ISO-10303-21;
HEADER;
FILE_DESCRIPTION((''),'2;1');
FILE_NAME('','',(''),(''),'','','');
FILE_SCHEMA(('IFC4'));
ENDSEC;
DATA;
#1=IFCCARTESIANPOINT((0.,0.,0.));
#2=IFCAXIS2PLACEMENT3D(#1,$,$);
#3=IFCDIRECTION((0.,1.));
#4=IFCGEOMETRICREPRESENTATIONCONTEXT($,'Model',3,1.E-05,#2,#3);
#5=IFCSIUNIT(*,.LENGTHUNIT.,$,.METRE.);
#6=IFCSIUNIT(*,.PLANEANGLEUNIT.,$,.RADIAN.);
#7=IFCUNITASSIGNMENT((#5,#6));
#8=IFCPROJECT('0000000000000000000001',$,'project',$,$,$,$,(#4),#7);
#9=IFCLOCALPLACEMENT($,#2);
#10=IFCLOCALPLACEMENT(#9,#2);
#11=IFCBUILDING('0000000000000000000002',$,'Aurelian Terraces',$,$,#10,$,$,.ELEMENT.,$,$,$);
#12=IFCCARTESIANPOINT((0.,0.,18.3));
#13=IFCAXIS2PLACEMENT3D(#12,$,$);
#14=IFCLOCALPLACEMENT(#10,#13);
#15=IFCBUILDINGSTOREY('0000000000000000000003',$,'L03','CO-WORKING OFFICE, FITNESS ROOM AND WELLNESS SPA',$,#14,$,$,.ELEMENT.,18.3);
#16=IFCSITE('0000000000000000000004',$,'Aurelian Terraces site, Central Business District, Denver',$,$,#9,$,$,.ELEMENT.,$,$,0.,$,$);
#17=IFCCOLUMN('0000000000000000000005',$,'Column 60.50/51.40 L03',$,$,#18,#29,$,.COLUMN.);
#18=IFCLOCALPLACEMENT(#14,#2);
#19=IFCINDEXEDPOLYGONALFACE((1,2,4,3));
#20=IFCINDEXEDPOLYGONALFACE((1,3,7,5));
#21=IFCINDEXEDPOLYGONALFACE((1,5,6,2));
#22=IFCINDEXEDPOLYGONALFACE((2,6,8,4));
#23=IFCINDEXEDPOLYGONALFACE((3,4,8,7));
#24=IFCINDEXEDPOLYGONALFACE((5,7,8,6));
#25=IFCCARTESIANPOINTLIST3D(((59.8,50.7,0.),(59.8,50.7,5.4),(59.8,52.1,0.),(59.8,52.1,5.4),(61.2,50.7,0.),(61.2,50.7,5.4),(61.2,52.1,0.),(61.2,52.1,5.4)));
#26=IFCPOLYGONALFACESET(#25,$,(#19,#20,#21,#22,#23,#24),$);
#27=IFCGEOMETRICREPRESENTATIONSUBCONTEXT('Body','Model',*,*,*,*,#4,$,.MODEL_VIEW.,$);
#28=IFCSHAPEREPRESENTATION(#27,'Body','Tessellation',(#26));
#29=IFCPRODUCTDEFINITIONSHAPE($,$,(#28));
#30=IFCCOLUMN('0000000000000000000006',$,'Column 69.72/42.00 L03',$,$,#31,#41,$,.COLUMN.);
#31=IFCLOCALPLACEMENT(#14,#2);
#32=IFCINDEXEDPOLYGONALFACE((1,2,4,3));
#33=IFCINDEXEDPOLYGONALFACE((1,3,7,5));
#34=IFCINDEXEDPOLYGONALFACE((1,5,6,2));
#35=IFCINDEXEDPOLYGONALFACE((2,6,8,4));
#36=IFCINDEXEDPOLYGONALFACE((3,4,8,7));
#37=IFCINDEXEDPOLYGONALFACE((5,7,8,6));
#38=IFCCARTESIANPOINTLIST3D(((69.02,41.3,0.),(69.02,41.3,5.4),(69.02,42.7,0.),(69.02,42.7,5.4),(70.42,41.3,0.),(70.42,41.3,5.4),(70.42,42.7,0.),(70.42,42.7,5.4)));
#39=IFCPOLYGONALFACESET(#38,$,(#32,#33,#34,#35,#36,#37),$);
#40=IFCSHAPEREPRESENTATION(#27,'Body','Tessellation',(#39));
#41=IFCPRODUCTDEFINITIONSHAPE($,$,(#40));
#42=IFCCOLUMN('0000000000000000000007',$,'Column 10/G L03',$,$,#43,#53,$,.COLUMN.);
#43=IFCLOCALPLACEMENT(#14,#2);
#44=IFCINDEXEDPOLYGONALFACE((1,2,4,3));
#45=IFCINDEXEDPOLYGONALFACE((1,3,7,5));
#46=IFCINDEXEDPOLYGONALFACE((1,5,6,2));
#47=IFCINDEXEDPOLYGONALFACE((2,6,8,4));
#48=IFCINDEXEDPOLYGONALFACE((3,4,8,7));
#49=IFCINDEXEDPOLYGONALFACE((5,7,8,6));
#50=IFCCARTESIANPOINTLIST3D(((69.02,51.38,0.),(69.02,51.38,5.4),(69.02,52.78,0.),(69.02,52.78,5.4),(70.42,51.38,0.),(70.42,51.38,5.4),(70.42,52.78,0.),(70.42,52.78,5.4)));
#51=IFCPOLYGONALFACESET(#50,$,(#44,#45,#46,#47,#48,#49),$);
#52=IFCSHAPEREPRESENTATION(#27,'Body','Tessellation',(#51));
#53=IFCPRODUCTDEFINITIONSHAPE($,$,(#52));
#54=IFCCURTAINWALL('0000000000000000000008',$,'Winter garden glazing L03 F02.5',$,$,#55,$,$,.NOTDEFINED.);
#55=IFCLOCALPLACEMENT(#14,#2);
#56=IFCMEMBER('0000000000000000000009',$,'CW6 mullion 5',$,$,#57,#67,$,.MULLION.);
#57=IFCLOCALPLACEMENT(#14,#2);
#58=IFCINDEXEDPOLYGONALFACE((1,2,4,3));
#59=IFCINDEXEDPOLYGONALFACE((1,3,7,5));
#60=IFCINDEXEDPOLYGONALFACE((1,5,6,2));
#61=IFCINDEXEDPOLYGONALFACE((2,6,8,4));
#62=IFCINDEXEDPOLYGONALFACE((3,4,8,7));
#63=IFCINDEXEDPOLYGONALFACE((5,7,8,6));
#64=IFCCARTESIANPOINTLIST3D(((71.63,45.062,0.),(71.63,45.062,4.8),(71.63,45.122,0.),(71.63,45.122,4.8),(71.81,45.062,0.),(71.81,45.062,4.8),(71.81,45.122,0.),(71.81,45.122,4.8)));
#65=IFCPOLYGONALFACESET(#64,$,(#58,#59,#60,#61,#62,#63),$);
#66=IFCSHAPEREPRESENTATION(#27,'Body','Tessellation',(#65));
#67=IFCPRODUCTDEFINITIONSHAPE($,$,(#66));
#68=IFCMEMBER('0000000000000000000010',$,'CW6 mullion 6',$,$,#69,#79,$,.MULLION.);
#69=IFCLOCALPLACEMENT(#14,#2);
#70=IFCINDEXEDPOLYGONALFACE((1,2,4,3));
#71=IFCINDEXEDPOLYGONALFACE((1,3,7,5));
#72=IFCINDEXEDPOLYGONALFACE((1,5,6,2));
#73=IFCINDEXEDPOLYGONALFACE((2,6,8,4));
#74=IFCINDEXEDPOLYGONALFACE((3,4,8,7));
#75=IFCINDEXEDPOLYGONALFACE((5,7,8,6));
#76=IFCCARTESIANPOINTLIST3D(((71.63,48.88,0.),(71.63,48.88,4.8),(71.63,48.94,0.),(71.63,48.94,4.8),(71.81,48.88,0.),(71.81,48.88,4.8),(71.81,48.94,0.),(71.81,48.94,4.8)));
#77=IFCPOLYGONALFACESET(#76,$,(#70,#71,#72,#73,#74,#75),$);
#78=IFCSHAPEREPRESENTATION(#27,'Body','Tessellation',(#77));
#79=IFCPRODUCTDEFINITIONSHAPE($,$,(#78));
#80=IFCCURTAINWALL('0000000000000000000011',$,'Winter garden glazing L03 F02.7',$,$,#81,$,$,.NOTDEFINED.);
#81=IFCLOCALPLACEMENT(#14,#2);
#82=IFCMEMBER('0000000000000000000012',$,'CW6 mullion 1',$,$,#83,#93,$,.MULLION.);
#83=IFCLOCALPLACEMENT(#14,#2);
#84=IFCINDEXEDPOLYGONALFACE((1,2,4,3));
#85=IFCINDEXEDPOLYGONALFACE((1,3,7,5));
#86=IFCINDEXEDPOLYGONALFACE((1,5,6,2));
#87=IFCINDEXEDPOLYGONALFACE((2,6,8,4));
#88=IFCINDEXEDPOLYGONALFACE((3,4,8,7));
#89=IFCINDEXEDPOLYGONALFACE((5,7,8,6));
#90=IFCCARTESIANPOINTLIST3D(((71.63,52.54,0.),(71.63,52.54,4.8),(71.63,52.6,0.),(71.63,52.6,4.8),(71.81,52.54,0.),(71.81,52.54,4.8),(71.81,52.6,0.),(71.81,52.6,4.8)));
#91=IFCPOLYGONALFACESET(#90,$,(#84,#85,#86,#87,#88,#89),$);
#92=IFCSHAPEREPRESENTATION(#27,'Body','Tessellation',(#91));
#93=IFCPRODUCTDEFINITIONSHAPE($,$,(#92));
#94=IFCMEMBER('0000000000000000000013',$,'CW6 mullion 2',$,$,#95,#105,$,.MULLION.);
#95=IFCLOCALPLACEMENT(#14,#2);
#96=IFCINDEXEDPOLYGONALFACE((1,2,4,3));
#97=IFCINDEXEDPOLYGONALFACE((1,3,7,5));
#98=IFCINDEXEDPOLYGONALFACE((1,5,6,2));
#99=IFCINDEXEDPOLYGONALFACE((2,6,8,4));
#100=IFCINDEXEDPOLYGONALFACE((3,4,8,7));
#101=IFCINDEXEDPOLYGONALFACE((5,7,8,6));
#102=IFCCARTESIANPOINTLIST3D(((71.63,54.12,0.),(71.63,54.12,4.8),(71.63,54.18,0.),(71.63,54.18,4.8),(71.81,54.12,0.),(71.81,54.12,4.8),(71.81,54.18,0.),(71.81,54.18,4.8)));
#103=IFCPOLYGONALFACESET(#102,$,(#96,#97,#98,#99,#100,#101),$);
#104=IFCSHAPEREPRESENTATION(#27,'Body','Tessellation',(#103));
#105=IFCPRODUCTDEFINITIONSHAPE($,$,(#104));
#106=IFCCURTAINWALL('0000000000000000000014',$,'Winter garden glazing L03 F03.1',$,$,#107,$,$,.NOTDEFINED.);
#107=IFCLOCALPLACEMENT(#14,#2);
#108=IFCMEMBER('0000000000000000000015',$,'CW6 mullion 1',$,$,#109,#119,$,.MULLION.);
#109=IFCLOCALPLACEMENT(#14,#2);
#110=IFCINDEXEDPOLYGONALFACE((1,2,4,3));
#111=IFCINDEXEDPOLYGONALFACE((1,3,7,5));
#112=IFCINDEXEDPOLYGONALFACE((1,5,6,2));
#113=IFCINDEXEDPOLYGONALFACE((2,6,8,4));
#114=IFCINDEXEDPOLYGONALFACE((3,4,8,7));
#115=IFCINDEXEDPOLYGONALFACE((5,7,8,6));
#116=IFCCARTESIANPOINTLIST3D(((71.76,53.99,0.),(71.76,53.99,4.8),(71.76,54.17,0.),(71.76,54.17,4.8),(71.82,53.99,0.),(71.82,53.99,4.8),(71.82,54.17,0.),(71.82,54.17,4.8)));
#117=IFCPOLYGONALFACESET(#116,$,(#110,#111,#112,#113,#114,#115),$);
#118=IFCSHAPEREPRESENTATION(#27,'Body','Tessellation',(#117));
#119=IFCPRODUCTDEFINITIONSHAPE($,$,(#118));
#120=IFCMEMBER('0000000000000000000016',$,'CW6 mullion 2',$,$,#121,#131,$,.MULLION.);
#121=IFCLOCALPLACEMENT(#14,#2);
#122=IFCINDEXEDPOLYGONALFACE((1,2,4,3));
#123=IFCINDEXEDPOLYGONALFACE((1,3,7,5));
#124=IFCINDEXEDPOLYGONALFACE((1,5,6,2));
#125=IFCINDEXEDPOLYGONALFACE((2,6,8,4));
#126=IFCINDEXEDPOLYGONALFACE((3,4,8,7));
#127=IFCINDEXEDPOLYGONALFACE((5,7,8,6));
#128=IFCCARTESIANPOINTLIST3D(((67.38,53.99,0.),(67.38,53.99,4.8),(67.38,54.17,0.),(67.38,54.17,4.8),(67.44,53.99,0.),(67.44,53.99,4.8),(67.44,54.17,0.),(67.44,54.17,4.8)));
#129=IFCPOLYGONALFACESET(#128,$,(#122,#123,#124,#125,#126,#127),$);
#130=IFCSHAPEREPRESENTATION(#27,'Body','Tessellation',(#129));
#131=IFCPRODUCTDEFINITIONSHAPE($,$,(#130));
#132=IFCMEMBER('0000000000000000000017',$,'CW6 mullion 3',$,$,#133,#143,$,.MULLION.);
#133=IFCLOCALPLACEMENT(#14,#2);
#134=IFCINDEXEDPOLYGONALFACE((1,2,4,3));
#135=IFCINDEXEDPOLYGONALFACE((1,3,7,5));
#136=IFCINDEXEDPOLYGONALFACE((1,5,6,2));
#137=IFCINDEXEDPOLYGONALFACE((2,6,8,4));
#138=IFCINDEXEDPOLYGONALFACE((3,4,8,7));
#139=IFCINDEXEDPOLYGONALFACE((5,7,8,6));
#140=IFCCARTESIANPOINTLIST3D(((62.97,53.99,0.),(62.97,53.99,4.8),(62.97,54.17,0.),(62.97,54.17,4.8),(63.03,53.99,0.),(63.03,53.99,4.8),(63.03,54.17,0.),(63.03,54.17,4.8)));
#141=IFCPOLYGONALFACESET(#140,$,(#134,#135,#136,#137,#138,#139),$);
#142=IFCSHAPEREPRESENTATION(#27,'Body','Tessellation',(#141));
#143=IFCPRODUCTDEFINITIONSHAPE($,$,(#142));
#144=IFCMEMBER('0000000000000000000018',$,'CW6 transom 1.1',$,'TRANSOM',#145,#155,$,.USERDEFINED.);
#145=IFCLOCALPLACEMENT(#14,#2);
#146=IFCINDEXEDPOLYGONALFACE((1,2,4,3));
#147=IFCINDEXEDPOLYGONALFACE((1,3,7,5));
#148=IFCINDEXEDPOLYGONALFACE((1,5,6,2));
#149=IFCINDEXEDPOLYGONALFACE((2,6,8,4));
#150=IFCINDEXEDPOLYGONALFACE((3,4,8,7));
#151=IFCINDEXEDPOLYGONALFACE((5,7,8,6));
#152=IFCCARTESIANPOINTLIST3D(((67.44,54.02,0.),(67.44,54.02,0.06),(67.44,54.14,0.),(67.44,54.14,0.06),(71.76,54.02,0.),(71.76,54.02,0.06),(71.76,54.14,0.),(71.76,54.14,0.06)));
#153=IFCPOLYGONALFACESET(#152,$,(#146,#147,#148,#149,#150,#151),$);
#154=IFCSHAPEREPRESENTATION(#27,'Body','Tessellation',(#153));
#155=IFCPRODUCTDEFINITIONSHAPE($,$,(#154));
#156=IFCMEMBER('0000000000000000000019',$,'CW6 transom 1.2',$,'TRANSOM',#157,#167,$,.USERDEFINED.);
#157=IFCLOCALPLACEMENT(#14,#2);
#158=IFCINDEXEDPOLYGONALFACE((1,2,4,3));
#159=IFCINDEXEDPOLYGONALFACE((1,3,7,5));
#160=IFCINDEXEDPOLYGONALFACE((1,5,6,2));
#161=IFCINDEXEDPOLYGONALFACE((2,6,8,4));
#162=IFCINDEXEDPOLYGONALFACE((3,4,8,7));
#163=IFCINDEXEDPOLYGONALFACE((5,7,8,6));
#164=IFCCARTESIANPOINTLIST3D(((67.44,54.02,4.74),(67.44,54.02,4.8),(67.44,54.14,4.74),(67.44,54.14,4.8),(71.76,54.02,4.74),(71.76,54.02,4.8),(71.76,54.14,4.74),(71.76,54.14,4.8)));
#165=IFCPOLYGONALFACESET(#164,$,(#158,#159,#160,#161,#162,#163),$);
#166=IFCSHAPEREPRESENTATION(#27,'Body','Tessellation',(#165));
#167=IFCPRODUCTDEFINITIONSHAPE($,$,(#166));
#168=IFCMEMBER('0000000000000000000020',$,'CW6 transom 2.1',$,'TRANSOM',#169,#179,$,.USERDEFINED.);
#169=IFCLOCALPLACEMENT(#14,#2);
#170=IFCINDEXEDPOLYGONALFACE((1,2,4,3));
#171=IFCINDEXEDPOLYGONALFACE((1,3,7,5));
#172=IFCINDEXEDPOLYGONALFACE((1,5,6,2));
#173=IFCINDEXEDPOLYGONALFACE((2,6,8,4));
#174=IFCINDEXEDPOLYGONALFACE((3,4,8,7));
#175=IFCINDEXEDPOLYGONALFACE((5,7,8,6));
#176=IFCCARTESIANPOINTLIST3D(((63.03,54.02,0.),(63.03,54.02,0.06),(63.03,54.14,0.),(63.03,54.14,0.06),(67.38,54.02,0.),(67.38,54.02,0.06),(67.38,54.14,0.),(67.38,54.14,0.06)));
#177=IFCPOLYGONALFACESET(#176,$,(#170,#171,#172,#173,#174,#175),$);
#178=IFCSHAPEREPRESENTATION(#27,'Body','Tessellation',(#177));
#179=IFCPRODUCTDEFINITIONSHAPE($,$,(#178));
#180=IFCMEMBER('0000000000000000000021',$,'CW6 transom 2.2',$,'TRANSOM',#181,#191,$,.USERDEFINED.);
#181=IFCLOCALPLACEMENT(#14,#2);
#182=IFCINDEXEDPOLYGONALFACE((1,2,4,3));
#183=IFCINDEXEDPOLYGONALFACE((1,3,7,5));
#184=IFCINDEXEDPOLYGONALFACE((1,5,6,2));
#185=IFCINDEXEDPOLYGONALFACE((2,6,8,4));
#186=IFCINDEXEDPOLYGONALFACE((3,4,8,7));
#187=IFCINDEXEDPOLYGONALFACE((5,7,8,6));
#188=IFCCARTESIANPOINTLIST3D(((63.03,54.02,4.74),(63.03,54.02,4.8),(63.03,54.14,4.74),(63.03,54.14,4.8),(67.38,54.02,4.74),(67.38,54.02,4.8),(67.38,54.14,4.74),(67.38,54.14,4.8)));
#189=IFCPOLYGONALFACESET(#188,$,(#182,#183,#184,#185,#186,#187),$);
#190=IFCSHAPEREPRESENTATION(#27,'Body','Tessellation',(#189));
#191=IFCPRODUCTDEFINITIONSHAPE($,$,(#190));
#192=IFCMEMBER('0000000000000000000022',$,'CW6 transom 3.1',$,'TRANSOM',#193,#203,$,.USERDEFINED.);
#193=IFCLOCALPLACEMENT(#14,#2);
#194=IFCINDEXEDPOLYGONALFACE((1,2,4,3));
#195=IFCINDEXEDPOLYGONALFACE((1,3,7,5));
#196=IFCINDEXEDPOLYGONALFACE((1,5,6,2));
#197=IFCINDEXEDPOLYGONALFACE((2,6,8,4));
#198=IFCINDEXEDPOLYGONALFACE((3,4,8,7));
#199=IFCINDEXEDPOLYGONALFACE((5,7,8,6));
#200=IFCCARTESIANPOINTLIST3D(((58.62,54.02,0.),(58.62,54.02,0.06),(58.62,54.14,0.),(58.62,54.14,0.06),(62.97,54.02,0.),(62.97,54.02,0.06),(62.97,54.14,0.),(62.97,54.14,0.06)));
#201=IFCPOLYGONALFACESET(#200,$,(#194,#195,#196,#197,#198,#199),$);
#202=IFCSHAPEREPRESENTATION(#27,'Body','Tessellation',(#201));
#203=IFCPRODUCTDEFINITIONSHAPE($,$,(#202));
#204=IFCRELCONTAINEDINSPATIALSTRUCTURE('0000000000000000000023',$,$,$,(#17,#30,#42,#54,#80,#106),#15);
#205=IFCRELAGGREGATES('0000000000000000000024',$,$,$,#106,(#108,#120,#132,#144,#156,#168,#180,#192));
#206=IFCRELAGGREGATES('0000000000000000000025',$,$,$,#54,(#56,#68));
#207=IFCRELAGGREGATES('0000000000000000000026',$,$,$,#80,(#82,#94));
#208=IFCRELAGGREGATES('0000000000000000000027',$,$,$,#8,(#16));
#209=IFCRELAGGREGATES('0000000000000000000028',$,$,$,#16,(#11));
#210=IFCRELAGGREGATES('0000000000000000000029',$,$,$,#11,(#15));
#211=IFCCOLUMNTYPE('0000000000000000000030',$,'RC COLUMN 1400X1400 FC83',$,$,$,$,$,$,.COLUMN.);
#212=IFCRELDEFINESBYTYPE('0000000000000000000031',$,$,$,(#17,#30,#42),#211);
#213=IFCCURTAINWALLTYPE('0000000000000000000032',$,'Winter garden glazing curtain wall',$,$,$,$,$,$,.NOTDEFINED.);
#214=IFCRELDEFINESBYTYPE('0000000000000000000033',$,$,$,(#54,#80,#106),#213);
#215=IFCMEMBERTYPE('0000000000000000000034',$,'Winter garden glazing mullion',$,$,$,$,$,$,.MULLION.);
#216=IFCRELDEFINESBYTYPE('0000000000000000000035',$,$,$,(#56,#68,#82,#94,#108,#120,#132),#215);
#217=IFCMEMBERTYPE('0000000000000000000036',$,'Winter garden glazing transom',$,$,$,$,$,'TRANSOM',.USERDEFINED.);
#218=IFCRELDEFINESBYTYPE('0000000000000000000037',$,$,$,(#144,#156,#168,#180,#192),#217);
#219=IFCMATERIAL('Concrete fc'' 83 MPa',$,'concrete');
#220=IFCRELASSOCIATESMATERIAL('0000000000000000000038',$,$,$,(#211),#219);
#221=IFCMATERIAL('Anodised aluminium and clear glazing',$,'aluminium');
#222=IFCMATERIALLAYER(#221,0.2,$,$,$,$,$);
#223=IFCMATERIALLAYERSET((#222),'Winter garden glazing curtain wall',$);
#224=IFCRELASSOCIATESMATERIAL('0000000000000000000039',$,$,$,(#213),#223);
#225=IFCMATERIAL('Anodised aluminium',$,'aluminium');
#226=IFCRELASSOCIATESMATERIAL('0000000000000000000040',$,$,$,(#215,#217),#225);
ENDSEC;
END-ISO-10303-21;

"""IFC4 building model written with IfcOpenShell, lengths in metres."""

from ifc_helpers import new_model, si_unit, direction, frame, origin, origin_2d, place, context, subcontext, project, spatial, rectangle, extrude, source, transform, mapped, material, layer, layer_set, material_profile, profile_set, type_object, element, aggregate, save


model = new_model("IFC4")

# Units and contexts
model_context = context("Model", 3, precision=1e-05, world=origin(), true_north=direction((0.0, 1.0)))
body_context = subcontext(model_context, "Body", "Model", "MODEL_VIEW")
ifc_project = project(units=[si_unit("LENGTHUNIT", "METRE"), si_unit("PLANEANGLEUNIT", "RADIAN")], contexts=[model_context])

# Site, building, storey
site_placement = place(None, origin())
site = spatial("IfcSite", under=ifc_project, at=site_placement, Name="Aurelian Terraces site, Central Business District, Denver", CompositionType="ELEMENT", RefElevation=0.0)
building_placement = place(site_placement, origin())
building = spatial("IfcBuilding", under=site, at=building_placement, Name="Aurelian Terraces", CompositionType="ELEMENT")
storey_placement = place(building_placement, frame((0.0, 0.0, 18.3)))
storey = spatial("IfcBuildingStorey", under=building, at=storey_placement, Name="L03", Description="CO-WORKING OFFICE, FITNESS ROOM AND WELLNESS SPA", CompositionType="ELEMENT", Elevation=18.3)

# Columns
ifc_material_1 = material(Name="Concrete fc' 83 MPa", Category="concrete")
ifc_material_profile_1 = material_profile(ifc_material_1, rectangle(XDim=1.4, YDim=1.4, at=origin_2d()))
ifc_profile_set_1 = profile_set([ifc_material_profile_1], Name="Concrete fc' 83 MPa")
column_type = type_object("IfcColumnType", Name="RC COLUMN 1400X1400 FC83", PredefinedType="COLUMN", material=ifc_profile_set_1)
shared_shape_1 = source(origin(), body_context, "Body", "SweptSolid", [
    extrude(rectangle(XDim=1.4, YDim=1.4, at=origin_2d()), origin(), (0.0, 0.0, 1.0), 5.4),
])
for number, where, z_axis, x_axis, name in (
    (1, (60.5, 51.4, 0.0), (0.0, 0.0, 1.0), (1.0, 0.0, 0.0), "Column 60.50/51.40 L03"),
    (2, (69.72, 42.0, 0.0), (0.0, 0.0, 1.0), (1.0, 0.0, 0.0), "Column 69.72/42.00 L03"),
    (3, (69.72, 52.08, 0.0), (0.0, 0.0, 1.0), (1.0, 0.0, 0.0), "Column 10/G L03"),
):
    element("IfcColumn", number, at=place(storey_placement, frame(where, z_axis=z_axis, x_axis=x_axis)), inside=storey, type_object=column_type, Name=name, PredefinedType="COLUMN", context=body_context, shape_type="MappedRepresentation", body=[
        mapped(shared_shape_1, transform((0.0, 0.0, 0.0), scale=1.0)),
    ])

# Curtain walls, members
ifc_material_2 = material(Name="Anodised aluminium and clear glazing", Category="aluminium")
ifc_layer_1 = layer(ifc_material_2, 0.2)
ifc_layer_set_1 = layer_set([ifc_layer_1], Name="Winter garden glazing curtain wall")
curtain_wall_type = type_object("IfcCurtainWallType", Name="Winter garden glazing curtain wall", PredefinedType="NOTDEFINED", material=ifc_layer_set_1)
curtain_wall_1_placement = place(storey_placement, origin())
curtain_wall_1 = element("IfcCurtainWall", 4, at=curtain_wall_1_placement, inside=storey, type_object=curtain_wall_type, Name="Winter garden glazing L03 F02.5", PredefinedType="NOTDEFINED")
ifc_material_3 = material(Name="Anodised aluminium", Category="aluminium")
ifc_material_profile_2 = material_profile(ifc_material_3, rectangle(XDim=0.18, YDim=0.06, at=origin_2d()))
ifc_profile_set_2 = profile_set([ifc_material_profile_2], Name="Anodised aluminium")
member_type_1 = type_object("IfcMemberType", Name="Winter garden glazing mullion", PredefinedType="MULLION", material=ifc_profile_set_2)
shared_shape_2 = source(origin(), body_context, "Body", "SweptSolid", [
    extrude(rectangle(XDim=0.18, YDim=0.06, at=origin_2d()), origin(), (0.0, 0.0, 1.0), 4.8),
])
member_1_placement = place(storey_placement, frame((71.72, 45.092, 0.0), z_axis=(0.0, 0.0, 1.0), x_axis=(-1.0, 0.0, 0.0)))
member_1 = element("IfcMember", 5, at=member_1_placement, type_object=member_type_1, Name="CW6 mullion 5", PredefinedType="MULLION", context=body_context, shape_type="MappedRepresentation", body=[
    mapped(shared_shape_2, transform((0.0, 0.0, 0.0), scale=1.0)),
])
member_2_placement = place(storey_placement, frame((71.72, 48.91, 0.0), z_axis=(0.0, 0.0, 1.0), x_axis=(-1.0, 0.0, 0.0)))
member_2 = element("IfcMember", 6, at=member_2_placement, type_object=member_type_1, Name="CW6 mullion 6", PredefinedType="MULLION", context=body_context, shape_type="MappedRepresentation", body=[
    mapped(shared_shape_2, transform((0.0, 0.0, 0.0), scale=1.0)),
])
curtain_wall_2_placement = place(storey_placement, origin())
curtain_wall_2 = element("IfcCurtainWall", 7, at=curtain_wall_2_placement, inside=storey, type_object=curtain_wall_type, Name="Winter garden glazing L03 F02.7", PredefinedType="NOTDEFINED")
member_3_placement = place(storey_placement, frame((71.72, 52.57, 0.0), z_axis=(0.0, 0.0, 1.0), x_axis=(-1.0, 0.0, 0.0)))
member_3 = element("IfcMember", 8, at=member_3_placement, type_object=member_type_1, Name="CW6 mullion 1", PredefinedType="MULLION", context=body_context, shape_type="MappedRepresentation", body=[
    mapped(shared_shape_2, transform((0.0, 0.0, 0.0), scale=1.0)),
])
member_4_placement = place(storey_placement, frame((71.72, 54.15, 0.0), z_axis=(0.0, 0.0, 1.0), x_axis=(-1.0, 0.0, 0.0)))
member_4 = element("IfcMember", 9, at=member_4_placement, type_object=member_type_1, Name="CW6 mullion 2", PredefinedType="MULLION", context=body_context, shape_type="MappedRepresentation", body=[
    mapped(shared_shape_2, transform((0.0, 0.0, 0.0), scale=1.0)),
])
curtain_wall_3_placement = place(storey_placement, origin())
curtain_wall_3 = element("IfcCurtainWall", 10, at=curtain_wall_3_placement, inside=storey, type_object=curtain_wall_type, Name="Winter garden glazing L03 F03.1", PredefinedType="NOTDEFINED")
member_5_placement = place(storey_placement, frame((71.79, 54.08, 0.0), z_axis=(0.0, 0.0, 1.0), x_axis=(0.0, -1.0, 0.0)))
member_5 = element("IfcMember", 11, at=member_5_placement, type_object=member_type_1, Name="CW6 mullion 1", PredefinedType="MULLION", context=body_context, shape_type="MappedRepresentation", body=[
    mapped(shared_shape_2, transform((0.0, 0.0, 0.0), scale=1.0)),
])
member_6_placement = place(storey_placement, frame((67.41, 54.08, 0.0), z_axis=(0.0, 0.0, 1.0), x_axis=(0.0, -1.0, 0.0)))
member_6 = element("IfcMember", 12, at=member_6_placement, type_object=member_type_1, Name="CW6 mullion 2", PredefinedType="MULLION", context=body_context, shape_type="MappedRepresentation", body=[
    mapped(shared_shape_2, transform((0.0, 0.0, 0.0), scale=1.0)),
])
member_7_placement = place(storey_placement, frame((63.0, 54.08, 0.0), z_axis=(0.0, 0.0, 1.0), x_axis=(0.0, -1.0, 0.0)))
member_7 = element("IfcMember", 13, at=member_7_placement, type_object=member_type_1, Name="CW6 mullion 3", PredefinedType="MULLION", context=body_context, shape_type="MappedRepresentation", body=[
    mapped(shared_shape_2, transform((0.0, 0.0, 0.0), scale=1.0)),
])
ifc_material_profile_3 = material_profile(ifc_material_3, rectangle(XDim=0.12, YDim=0.06, at=origin_2d()))
ifc_profile_set_3 = profile_set([ifc_material_profile_3], Name="Anodised aluminium")
member_type_2 = type_object("IfcMemberType", Name="Winter garden glazing transom", ElementType="TRANSOM", PredefinedType="USERDEFINED", material=ifc_profile_set_3)
shared_shape_3 = source(origin(), body_context, "Body", "SweptSolid", [
    extrude(rectangle(XDim=0.12, YDim=0.06, at=origin_2d()), origin(), (0.0, 0.0, 1.0), 4.32),
])
member_8_placement = place(storey_placement, frame((71.76, 54.08, 0.03), z_axis=(-1.0, 0.0, 0.0), x_axis=(0.0, -1.0, 0.0)))
member_8 = element("IfcMember", 14, at=member_8_placement, type_object=member_type_2, Name="CW6 transom 1.1", ObjectType="TRANSOM", PredefinedType="USERDEFINED", context=body_context, shape_type="MappedRepresentation", body=[
    mapped(shared_shape_3, transform((0.0, 0.0, 0.0), scale=1.0)),
])
member_9_placement = place(storey_placement, frame((71.76, 54.08, 4.77), z_axis=(-1.0, 0.0, 0.0), x_axis=(0.0, -1.0, 0.0)))
member_9 = element("IfcMember", 15, at=member_9_placement, type_object=member_type_2, Name="CW6 transom 1.2", ObjectType="TRANSOM", PredefinedType="USERDEFINED", context=body_context, shape_type="MappedRepresentation", body=[
    mapped(shared_shape_3, transform((0.0, 0.0, 0.0), scale=1.0)),
])
shared_shape_4 = source(origin(), body_context, "Body", "SweptSolid", [
    extrude(rectangle(XDim=0.12, YDim=0.06, at=origin_2d()), origin(), (0.0, 0.0, 1.0), 4.35),
])
member_10_placement = place(storey_placement, frame((67.38, 54.08, 0.03), z_axis=(-1.0, 0.0, 0.0), x_axis=(0.0, -1.0, 0.0)))
member_10 = element("IfcMember", 16, at=member_10_placement, type_object=member_type_2, Name="CW6 transom 2.1", ObjectType="TRANSOM", PredefinedType="USERDEFINED", context=body_context, shape_type="MappedRepresentation", body=[
    mapped(shared_shape_4, transform((0.0, 0.0, 0.0), scale=1.0)),
])
member_11_placement = place(storey_placement, frame((67.38, 54.08, 4.77), z_axis=(-1.0, 0.0, 0.0), x_axis=(0.0, -1.0, 0.0)))
member_11 = element("IfcMember", 17, at=member_11_placement, type_object=member_type_2, Name="CW6 transom 2.2", ObjectType="TRANSOM", PredefinedType="USERDEFINED", context=body_context, shape_type="MappedRepresentation", body=[
    mapped(shared_shape_4, transform((0.0, 0.0, 0.0), scale=1.0)),
])
member_12_placement = place(storey_placement, frame((62.97, 54.08, 0.03), z_axis=(-1.0, 0.0, 0.0), x_axis=(0.0, -1.0, 0.0)))
member_12 = element("IfcMember", 18, at=member_12_placement, type_object=member_type_2, Name="CW6 transom 3.1", ObjectType="TRANSOM", PredefinedType="USERDEFINED", context=body_context, shape_type="MappedRepresentation", body=[
    mapped(shared_shape_4, transform((0.0, 0.0, 0.0), scale=1.0)),
])

aggregate(curtain_wall_3, [member_5, member_6, member_7, member_8, member_9, member_10, member_11, member_12])
aggregate(curtain_wall_1, [member_1, member_2])
aggregate(curtain_wall_2, [member_3, member_4])

save(model, "model.ifc")
